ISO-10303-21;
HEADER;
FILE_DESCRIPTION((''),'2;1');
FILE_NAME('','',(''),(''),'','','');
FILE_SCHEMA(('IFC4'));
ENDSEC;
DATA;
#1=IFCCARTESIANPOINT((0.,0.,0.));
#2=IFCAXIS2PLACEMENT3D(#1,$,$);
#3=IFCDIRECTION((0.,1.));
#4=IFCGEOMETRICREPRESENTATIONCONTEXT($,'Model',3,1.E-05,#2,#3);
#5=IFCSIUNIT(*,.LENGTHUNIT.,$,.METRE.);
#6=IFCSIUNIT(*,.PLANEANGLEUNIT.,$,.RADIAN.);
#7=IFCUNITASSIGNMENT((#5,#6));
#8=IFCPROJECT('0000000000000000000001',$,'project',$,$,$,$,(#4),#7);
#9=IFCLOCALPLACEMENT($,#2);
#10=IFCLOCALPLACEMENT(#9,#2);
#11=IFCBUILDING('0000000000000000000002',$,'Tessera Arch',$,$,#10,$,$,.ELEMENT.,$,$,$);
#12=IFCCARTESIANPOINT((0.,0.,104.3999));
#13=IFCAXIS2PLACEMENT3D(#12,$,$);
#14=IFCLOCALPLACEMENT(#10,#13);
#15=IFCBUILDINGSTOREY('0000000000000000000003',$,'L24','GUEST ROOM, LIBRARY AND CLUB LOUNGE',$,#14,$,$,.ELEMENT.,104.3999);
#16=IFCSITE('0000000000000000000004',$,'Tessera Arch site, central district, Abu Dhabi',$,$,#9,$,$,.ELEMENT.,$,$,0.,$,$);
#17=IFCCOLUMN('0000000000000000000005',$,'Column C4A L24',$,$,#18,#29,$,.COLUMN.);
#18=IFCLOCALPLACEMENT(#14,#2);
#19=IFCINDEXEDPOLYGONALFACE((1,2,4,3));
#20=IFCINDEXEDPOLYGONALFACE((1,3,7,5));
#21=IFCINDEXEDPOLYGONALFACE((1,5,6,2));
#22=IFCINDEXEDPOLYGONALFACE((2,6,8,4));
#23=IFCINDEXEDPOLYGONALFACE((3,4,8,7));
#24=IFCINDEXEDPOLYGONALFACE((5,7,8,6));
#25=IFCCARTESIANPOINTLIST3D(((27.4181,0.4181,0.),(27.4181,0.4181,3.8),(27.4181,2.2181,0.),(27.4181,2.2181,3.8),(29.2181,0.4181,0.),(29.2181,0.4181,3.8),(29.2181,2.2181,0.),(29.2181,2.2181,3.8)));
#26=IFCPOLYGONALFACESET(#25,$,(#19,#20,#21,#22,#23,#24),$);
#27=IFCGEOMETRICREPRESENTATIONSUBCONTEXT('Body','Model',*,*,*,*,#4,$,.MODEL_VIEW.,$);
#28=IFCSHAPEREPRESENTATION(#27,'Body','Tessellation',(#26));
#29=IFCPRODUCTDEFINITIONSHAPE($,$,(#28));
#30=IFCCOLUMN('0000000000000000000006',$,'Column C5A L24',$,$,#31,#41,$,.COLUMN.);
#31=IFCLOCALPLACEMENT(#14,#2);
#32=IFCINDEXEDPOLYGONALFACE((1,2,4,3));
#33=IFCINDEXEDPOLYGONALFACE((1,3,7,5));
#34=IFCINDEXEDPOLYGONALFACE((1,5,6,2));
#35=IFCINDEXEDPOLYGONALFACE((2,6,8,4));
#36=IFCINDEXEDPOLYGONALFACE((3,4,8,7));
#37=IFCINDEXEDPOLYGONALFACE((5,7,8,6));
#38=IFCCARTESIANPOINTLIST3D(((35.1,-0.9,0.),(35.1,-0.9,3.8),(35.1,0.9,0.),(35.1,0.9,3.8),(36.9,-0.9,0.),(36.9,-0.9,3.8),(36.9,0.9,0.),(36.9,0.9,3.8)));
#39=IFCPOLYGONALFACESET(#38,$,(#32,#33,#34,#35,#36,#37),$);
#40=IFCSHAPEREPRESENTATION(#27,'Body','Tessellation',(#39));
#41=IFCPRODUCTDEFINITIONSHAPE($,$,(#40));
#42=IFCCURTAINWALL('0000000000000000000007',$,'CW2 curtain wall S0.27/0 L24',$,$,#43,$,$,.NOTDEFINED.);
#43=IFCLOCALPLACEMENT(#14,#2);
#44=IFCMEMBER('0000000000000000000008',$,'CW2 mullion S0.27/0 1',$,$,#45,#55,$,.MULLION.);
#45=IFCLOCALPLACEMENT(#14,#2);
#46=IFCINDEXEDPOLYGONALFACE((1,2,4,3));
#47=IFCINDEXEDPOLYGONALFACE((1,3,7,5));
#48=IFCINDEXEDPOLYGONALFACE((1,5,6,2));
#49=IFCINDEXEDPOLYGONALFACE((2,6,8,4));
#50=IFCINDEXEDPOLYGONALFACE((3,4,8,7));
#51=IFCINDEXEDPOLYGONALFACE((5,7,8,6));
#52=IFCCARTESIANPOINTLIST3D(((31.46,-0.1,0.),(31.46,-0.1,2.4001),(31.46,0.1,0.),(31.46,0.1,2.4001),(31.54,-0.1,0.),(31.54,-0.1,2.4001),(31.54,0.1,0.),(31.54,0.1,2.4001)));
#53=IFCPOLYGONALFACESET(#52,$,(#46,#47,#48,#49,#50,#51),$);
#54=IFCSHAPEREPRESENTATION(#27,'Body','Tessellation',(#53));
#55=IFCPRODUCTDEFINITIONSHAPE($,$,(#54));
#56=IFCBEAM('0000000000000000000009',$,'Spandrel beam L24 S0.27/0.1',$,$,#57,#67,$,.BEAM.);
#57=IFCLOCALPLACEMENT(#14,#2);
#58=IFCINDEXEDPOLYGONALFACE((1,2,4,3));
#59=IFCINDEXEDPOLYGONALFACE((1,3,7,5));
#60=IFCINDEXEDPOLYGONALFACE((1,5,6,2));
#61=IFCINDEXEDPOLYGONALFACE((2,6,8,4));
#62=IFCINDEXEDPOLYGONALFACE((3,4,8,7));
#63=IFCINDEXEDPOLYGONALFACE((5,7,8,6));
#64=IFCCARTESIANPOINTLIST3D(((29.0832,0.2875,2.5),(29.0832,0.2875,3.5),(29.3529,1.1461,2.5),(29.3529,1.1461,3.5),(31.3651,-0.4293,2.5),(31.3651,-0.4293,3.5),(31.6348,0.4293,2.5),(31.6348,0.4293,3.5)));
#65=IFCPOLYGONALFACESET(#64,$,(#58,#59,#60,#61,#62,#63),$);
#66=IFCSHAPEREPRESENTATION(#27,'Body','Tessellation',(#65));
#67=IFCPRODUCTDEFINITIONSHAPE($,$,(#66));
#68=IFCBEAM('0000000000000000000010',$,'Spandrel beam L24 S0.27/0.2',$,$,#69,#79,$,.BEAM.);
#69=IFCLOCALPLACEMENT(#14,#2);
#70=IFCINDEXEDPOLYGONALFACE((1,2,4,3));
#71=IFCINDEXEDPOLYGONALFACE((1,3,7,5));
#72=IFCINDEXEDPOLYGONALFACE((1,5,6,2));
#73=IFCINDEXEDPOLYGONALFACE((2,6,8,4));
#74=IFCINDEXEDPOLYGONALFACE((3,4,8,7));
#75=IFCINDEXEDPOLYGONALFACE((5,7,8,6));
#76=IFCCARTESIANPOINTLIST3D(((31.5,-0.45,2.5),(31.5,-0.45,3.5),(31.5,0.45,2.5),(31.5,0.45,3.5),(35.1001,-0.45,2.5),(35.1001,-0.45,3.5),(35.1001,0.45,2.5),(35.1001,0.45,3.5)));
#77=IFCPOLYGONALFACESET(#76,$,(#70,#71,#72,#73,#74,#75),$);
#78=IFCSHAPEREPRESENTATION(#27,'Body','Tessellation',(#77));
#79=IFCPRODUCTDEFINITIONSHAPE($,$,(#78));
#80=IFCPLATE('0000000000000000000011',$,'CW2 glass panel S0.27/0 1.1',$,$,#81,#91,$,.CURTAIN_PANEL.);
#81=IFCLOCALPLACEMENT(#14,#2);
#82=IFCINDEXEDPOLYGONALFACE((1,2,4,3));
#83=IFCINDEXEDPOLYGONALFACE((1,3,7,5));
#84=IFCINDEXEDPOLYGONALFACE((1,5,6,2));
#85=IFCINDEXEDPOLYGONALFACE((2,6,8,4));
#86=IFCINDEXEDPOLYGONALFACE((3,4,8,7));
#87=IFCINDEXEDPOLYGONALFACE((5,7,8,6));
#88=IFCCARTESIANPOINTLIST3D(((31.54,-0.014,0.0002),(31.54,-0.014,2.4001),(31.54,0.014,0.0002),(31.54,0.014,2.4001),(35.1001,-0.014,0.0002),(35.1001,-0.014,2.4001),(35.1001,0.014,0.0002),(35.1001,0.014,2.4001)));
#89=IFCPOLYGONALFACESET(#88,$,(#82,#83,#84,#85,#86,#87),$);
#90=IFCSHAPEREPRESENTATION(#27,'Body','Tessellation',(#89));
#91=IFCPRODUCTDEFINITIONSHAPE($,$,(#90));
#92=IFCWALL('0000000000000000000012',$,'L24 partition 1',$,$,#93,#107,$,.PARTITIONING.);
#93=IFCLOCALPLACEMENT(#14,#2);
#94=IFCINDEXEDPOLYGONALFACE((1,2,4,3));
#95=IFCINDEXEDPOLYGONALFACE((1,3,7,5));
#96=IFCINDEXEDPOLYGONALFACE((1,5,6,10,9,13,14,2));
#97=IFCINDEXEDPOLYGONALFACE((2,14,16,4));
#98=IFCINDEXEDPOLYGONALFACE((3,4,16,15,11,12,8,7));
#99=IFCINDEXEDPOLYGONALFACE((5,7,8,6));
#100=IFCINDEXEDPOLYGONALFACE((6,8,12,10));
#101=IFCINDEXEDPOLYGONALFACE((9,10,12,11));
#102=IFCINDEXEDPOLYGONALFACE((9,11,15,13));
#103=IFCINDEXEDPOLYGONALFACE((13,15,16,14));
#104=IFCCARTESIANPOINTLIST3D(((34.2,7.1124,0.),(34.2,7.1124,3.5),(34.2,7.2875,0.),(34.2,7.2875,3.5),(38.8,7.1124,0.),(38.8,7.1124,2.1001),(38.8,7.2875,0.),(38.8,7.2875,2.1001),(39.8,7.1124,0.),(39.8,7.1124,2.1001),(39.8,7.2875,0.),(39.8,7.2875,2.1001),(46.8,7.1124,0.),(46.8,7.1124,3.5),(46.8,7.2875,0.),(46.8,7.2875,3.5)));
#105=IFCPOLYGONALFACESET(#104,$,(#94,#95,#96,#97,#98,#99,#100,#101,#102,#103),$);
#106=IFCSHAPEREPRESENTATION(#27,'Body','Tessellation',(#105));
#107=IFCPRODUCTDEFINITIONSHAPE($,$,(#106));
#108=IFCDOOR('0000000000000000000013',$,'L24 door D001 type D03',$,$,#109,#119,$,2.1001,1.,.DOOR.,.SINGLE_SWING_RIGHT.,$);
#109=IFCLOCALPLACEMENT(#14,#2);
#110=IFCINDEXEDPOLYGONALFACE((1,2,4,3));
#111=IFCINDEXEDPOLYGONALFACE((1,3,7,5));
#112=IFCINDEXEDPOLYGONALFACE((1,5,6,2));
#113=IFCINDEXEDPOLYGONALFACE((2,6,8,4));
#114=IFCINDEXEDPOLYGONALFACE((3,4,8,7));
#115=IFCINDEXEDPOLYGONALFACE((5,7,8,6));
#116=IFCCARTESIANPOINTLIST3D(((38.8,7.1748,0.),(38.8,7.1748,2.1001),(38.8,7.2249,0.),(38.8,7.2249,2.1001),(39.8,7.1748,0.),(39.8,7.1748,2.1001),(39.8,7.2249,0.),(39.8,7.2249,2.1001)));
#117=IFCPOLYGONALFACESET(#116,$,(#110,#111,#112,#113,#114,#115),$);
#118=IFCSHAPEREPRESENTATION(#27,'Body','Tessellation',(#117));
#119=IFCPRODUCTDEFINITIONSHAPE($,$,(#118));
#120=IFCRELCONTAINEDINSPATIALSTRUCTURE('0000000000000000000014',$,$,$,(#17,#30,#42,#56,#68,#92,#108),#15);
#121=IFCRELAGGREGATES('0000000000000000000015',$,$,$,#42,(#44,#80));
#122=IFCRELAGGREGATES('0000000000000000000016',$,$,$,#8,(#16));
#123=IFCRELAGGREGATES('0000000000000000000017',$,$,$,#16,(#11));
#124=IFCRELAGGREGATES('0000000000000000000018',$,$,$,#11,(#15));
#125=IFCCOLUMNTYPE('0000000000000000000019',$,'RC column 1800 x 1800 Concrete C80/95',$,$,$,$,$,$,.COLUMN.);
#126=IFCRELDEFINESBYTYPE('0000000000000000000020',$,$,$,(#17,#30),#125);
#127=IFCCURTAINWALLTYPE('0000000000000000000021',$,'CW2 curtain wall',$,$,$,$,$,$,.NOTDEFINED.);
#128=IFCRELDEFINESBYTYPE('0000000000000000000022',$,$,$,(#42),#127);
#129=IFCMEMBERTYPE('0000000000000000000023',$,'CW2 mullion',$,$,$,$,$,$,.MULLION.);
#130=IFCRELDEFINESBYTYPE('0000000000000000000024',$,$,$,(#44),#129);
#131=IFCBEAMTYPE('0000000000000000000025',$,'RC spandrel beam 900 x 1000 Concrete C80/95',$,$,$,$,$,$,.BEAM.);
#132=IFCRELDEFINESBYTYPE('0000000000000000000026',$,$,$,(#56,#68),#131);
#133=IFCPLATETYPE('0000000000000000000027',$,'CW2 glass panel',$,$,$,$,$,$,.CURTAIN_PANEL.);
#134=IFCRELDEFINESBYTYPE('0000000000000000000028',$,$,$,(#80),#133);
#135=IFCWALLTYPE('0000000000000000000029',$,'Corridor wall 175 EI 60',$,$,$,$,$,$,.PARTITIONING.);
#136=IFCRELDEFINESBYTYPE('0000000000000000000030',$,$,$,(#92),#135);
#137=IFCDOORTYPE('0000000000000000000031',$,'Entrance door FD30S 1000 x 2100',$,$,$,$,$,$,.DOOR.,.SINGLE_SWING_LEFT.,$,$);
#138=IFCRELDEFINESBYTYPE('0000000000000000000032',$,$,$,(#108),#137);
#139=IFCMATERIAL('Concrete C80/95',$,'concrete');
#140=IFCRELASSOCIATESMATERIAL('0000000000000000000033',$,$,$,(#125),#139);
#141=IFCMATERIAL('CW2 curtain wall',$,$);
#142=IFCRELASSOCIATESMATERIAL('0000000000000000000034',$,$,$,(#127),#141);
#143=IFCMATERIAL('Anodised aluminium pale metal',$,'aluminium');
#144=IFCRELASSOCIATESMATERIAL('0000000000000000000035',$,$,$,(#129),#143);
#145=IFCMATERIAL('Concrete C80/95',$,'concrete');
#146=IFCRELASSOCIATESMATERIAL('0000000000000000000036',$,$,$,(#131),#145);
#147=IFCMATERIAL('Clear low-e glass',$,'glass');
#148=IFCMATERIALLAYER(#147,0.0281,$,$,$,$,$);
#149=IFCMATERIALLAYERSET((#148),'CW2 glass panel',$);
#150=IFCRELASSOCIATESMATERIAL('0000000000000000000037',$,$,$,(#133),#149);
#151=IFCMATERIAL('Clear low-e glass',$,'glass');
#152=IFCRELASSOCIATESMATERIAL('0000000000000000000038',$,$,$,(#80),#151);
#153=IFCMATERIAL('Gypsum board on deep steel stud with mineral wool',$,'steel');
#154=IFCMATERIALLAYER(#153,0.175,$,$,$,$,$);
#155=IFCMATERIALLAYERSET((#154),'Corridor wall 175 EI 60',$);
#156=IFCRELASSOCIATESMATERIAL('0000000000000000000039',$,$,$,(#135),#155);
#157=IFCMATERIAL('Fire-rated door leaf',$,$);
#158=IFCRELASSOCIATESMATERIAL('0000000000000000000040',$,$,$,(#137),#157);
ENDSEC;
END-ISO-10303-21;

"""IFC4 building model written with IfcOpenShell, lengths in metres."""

from ifc_helpers import new_model, si_unit, direction, frame, frame_2d, origin, origin_2d, place, context, subcontext, project, spatial, rectangle, extrude, material, layer, layer_set, material_profile, profile_set, type_object, element, fill, aggregate, save


model = new_model("IFC4")

# Units and contexts
model_context = context("Model", 3, precision=1e-05, world=origin(), true_north=direction((0.0, 1.0)))
body_context = subcontext(model_context, "Body", "Model", "MODEL_VIEW")
ifc_project = project(units=[si_unit("LENGTHUNIT", "METRE"), si_unit("PLANEANGLEUNIT", "RADIAN")], contexts=[model_context])

# Site, building, storey
site_placement = place(None, origin())
site = spatial("IfcSite", under=ifc_project, at=site_placement, Name="Tessera Arch site, central district, Abu Dhabi", CompositionType="ELEMENT", RefElevation=0.0)
building_placement = place(site_placement, origin())
building = spatial("IfcBuilding", under=site, at=building_placement, Name="Tessera Arch", CompositionType="ELEMENT")
storey_placement = place(building_placement, frame((0.0, 0.0, 104.3999)))
storey = spatial("IfcBuildingStorey", under=building, at=storey_placement, Name="L24", Description="GUEST ROOM, LIBRARY AND CLUB LOUNGE", CompositionType="ELEMENT", Elevation=104.3999)

# Columns
ifc_material_1 = material(Name="Concrete C80/95", Category="concrete")
ifc_material_profile_1 = material_profile(ifc_material_1, rectangle(XDim=1.8, YDim=1.8, at=origin_2d()), Name="RC column 1800 x 1800 Concrete C80/95")
ifc_profile_set_1 = profile_set([ifc_material_profile_1], Name="Concrete C80/95")
column_type = type_object("IfcColumnType", Name="RC column 1800 x 1800 Concrete C80/95", PredefinedType="COLUMN", material=ifc_profile_set_1)
for number, where, z_axis, x_axis, name in (
    (1, (28.3181, 1.3181, 0.0), (0.0, 0.0, 1.0), (1.0, 0.0, 0.0), "Column C4A L24"),
    (2, (36.0, 0.0, 0.0), (0.0, 0.0, 1.0), (1.0, 0.0, 0.0), "Column C5A L24"),
):
    element("IfcColumn", number, at=place(storey_placement, frame(where, z_axis=z_axis, x_axis=x_axis)), inside=storey, type_object=column_type, Name=name, PredefinedType="COLUMN", context=body_context, shape_type="SweptSolid", body=[
        extrude(rectangle(XDim=1.8, YDim=1.8, at=origin_2d()), origin(), (0.0, 0.0, 1.0), 3.8),
    ])

# Curtain wall, member
ifc_material_2 = material(Name="CW2 curtain wall")
curtain_wall_type = type_object("IfcCurtainWallType", Name="CW2 curtain wall", PredefinedType="NOTDEFINED", material=ifc_material_2)
curtain_wall_placement = place(storey_placement, origin())
curtain_wall = element("IfcCurtainWall", 3, at=curtain_wall_placement, inside=storey, type_object=curtain_wall_type, Name="CW2 curtain wall S0.27/0 L24", PredefinedType="NOTDEFINED")
ifc_material_3 = material(Name="Anodised aluminium pale metal", Category="aluminium")
ifc_material_profile_2 = material_profile(ifc_material_3, rectangle(XDim=0.2, YDim=0.0801, at=origin_2d()), Name="AL 80x200")
ifc_profile_set_2 = profile_set([ifc_material_profile_2], Name="Anodised aluminium pale metal")
member_type = type_object("IfcMemberType", Name="CW2 mullion", PredefinedType="MULLION", material=ifc_profile_set_2)
member_placement = place(storey_placement, frame((31.5, 0.0, 0.0), z_axis=(0.0, 0.0, 1.0), x_axis=(0.0, 1.0, 0.0)))
member = element("IfcMember", 4, at=member_placement, type_object=member_type, Name="CW2 mullion S0.27/0 1", PredefinedType="MULLION", context=body_context, shape_type="SweptSolid", body=[
    extrude(rectangle(XDim=0.2, YDim=0.0801, at=origin_2d()), origin(), (0.0, 0.0, 1.0), 2.4001),
])

# Beams
ifc_material_4 = material(Name="Concrete C80/95", Category="concrete")
ifc_material_profile_3 = material_profile(ifc_material_4, rectangle(XDim=0.8999, YDim=1.0, at=origin_2d()), Name="RC spandrel beam 900 x 1000 Concrete C80/95")
ifc_profile_set_3 = profile_set([ifc_material_profile_3], Name="Concrete C80/95")
beam_type = type_object("IfcBeamType", Name="RC spandrel beam 900 x 1000 Concrete C80/95", PredefinedType="BEAM", material=ifc_profile_set_3)
beam_1_placement = place(storey_placement, frame((29.218, 0.7168, 3.0), z_axis=(0.954041, -0.299675, 0.0), x_axis=(0.299675, 0.954041, 0.0)))
element("IfcBeam", 5, at=beam_1_placement, inside=storey, type_object=beam_type, Name="Spandrel beam L24 S0.27/0.1", PredefinedType="BEAM", context=body_context, shape_type="SweptSolid", body=[
    extrude(rectangle(XDim=0.8999, YDim=1.0, at=origin_2d()), origin(), (0.0, 0.0, 1.0), 2.3918),
])
beam_2_placement = place(storey_placement, frame((31.5, 0.0, 3.0), z_axis=(1.0, 0.0, 0.0), x_axis=(0.0, 1.0, 0.0)))
element("IfcBeam", 6, at=beam_2_placement, inside=storey, type_object=beam_type, Name="Spandrel beam L24 S0.27/0.2", PredefinedType="BEAM", context=body_context, shape_type="SweptSolid", body=[
    extrude(rectangle(XDim=0.8999, YDim=1.0, at=origin_2d()), origin(), (0.0, 0.0, 1.0), 3.6001),
])

# Plate
ifc_material_5 = material(Name="Clear low-e glass", Category="glass")
ifc_material_6 = material(Name="Clear low-e glass", Category="glass")
ifc_layer_1 = layer(ifc_material_6, 0.0281)
ifc_layer_set_1 = layer_set([ifc_layer_1], Name="CW2 glass panel")
plate_type = type_object("IfcPlateType", Name="CW2 glass panel", PredefinedType="CURTAIN_PANEL", material=ifc_layer_set_1)
plate_placement = place(storey_placement, frame((33.3201, 0.0, 0.0002), z_axis=(0.0, 0.0, 1.0), x_axis=(1.0, 0.0, 0.0)))
plate = element("IfcPlate", 7, at=plate_placement, type_object=plate_type, material=ifc_material_5, Name="CW2 glass panel S0.27/0 1.1", PredefinedType="CURTAIN_PANEL", context=body_context, shape_type="SweptSolid", body=[
    extrude(rectangle(XDim=3.5601, YDim=0.0281, at=origin_2d()), origin(), (0.0, 0.0, 1.0), 2.3999),
])
aggregate(curtain_wall, [member, plate])

# Wall, opening, door
ifc_material_7 = material(Name="Gypsum board on deep steel stud with mineral wool", Category="steel")
ifc_layer_2 = layer(ifc_material_7, 0.175)
ifc_layer_set_2 = layer_set([ifc_layer_2], Name="Corridor wall 175 EI 60")
wall_type_1 = type_object("IfcWallType", Name="Corridor wall 175 EI 60", PredefinedType="PARTITIONING", material=ifc_layer_set_2)
wall_1_placement = place(storey_placement, frame((34.2, 7.2, 0.0), z_axis=(0.0, 0.0, 1.0), x_axis=(1.0, 0.0, 0.0)))
wall_1 = element("IfcWall", 8, at=wall_1_placement, inside=storey, type_object=wall_type_1, Name="L24 partition 1", PredefinedType="PARTITIONING", context=body_context, shape_type="SweptSolid", body=[
    extrude(rectangle(XDim=12.6001, YDim=0.175, at=frame_2d((6.3, 0.0))), origin(), (0.0, 0.0, 1.0), 3.5),
])
opening_1_placement = place(wall_1_placement, frame((4.6001, 0.0, 0.0)))
opening_1 = element("IfcOpeningElement", 9, at=opening_1_placement, cuts=wall_1, PredefinedType="OPENING", context=body_context, shape_type="SweptSolid", body=[
    extrude(rectangle(XDim=1.0, YDim=2.1001, at=frame_2d((0.5, 1.05))), frame((0.0, 0.0974, 0.0), z_axis=(0.0, -1.0, 0.0), x_axis=(1.0, 0.0, 0.0)), (0.0, 0.0, 1.0), 0.1951),
])
ifc_material_8 = material(Name="Fire-rated door leaf")
door_type_1 = type_object("IfcDoorType", Name="Entrance door FD30S 1000 x 2100", OperationType="SINGLE_SWING_LEFT", PredefinedType="DOOR", material=ifc_material_8)
door_1_placement = place(opening_1_placement, origin())
door_1 = element("IfcDoor", 10, at=door_1_placement, inside=storey, type_object=door_type_1, Name="L24 door D001 type D03", OperationType="SINGLE_SWING_RIGHT", OverallHeight=2.1001, OverallWidth=1.0, PredefinedType="DOOR", context=body_context, shape_type="SweptSolid", body=[
    extrude(rectangle(XDim=1.0, YDim=2.1001, at=frame_2d((0.5, 1.05))), frame((0.0, 0.0249, 0.0), z_axis=(0.0, -1.0, 0.0), x_axis=(1.0, 0.0, 0.0)), (0.0, 0.0, 1.0), 0.05),
])
fill(opening_1, door_1)

save(model, "model.ifc")
